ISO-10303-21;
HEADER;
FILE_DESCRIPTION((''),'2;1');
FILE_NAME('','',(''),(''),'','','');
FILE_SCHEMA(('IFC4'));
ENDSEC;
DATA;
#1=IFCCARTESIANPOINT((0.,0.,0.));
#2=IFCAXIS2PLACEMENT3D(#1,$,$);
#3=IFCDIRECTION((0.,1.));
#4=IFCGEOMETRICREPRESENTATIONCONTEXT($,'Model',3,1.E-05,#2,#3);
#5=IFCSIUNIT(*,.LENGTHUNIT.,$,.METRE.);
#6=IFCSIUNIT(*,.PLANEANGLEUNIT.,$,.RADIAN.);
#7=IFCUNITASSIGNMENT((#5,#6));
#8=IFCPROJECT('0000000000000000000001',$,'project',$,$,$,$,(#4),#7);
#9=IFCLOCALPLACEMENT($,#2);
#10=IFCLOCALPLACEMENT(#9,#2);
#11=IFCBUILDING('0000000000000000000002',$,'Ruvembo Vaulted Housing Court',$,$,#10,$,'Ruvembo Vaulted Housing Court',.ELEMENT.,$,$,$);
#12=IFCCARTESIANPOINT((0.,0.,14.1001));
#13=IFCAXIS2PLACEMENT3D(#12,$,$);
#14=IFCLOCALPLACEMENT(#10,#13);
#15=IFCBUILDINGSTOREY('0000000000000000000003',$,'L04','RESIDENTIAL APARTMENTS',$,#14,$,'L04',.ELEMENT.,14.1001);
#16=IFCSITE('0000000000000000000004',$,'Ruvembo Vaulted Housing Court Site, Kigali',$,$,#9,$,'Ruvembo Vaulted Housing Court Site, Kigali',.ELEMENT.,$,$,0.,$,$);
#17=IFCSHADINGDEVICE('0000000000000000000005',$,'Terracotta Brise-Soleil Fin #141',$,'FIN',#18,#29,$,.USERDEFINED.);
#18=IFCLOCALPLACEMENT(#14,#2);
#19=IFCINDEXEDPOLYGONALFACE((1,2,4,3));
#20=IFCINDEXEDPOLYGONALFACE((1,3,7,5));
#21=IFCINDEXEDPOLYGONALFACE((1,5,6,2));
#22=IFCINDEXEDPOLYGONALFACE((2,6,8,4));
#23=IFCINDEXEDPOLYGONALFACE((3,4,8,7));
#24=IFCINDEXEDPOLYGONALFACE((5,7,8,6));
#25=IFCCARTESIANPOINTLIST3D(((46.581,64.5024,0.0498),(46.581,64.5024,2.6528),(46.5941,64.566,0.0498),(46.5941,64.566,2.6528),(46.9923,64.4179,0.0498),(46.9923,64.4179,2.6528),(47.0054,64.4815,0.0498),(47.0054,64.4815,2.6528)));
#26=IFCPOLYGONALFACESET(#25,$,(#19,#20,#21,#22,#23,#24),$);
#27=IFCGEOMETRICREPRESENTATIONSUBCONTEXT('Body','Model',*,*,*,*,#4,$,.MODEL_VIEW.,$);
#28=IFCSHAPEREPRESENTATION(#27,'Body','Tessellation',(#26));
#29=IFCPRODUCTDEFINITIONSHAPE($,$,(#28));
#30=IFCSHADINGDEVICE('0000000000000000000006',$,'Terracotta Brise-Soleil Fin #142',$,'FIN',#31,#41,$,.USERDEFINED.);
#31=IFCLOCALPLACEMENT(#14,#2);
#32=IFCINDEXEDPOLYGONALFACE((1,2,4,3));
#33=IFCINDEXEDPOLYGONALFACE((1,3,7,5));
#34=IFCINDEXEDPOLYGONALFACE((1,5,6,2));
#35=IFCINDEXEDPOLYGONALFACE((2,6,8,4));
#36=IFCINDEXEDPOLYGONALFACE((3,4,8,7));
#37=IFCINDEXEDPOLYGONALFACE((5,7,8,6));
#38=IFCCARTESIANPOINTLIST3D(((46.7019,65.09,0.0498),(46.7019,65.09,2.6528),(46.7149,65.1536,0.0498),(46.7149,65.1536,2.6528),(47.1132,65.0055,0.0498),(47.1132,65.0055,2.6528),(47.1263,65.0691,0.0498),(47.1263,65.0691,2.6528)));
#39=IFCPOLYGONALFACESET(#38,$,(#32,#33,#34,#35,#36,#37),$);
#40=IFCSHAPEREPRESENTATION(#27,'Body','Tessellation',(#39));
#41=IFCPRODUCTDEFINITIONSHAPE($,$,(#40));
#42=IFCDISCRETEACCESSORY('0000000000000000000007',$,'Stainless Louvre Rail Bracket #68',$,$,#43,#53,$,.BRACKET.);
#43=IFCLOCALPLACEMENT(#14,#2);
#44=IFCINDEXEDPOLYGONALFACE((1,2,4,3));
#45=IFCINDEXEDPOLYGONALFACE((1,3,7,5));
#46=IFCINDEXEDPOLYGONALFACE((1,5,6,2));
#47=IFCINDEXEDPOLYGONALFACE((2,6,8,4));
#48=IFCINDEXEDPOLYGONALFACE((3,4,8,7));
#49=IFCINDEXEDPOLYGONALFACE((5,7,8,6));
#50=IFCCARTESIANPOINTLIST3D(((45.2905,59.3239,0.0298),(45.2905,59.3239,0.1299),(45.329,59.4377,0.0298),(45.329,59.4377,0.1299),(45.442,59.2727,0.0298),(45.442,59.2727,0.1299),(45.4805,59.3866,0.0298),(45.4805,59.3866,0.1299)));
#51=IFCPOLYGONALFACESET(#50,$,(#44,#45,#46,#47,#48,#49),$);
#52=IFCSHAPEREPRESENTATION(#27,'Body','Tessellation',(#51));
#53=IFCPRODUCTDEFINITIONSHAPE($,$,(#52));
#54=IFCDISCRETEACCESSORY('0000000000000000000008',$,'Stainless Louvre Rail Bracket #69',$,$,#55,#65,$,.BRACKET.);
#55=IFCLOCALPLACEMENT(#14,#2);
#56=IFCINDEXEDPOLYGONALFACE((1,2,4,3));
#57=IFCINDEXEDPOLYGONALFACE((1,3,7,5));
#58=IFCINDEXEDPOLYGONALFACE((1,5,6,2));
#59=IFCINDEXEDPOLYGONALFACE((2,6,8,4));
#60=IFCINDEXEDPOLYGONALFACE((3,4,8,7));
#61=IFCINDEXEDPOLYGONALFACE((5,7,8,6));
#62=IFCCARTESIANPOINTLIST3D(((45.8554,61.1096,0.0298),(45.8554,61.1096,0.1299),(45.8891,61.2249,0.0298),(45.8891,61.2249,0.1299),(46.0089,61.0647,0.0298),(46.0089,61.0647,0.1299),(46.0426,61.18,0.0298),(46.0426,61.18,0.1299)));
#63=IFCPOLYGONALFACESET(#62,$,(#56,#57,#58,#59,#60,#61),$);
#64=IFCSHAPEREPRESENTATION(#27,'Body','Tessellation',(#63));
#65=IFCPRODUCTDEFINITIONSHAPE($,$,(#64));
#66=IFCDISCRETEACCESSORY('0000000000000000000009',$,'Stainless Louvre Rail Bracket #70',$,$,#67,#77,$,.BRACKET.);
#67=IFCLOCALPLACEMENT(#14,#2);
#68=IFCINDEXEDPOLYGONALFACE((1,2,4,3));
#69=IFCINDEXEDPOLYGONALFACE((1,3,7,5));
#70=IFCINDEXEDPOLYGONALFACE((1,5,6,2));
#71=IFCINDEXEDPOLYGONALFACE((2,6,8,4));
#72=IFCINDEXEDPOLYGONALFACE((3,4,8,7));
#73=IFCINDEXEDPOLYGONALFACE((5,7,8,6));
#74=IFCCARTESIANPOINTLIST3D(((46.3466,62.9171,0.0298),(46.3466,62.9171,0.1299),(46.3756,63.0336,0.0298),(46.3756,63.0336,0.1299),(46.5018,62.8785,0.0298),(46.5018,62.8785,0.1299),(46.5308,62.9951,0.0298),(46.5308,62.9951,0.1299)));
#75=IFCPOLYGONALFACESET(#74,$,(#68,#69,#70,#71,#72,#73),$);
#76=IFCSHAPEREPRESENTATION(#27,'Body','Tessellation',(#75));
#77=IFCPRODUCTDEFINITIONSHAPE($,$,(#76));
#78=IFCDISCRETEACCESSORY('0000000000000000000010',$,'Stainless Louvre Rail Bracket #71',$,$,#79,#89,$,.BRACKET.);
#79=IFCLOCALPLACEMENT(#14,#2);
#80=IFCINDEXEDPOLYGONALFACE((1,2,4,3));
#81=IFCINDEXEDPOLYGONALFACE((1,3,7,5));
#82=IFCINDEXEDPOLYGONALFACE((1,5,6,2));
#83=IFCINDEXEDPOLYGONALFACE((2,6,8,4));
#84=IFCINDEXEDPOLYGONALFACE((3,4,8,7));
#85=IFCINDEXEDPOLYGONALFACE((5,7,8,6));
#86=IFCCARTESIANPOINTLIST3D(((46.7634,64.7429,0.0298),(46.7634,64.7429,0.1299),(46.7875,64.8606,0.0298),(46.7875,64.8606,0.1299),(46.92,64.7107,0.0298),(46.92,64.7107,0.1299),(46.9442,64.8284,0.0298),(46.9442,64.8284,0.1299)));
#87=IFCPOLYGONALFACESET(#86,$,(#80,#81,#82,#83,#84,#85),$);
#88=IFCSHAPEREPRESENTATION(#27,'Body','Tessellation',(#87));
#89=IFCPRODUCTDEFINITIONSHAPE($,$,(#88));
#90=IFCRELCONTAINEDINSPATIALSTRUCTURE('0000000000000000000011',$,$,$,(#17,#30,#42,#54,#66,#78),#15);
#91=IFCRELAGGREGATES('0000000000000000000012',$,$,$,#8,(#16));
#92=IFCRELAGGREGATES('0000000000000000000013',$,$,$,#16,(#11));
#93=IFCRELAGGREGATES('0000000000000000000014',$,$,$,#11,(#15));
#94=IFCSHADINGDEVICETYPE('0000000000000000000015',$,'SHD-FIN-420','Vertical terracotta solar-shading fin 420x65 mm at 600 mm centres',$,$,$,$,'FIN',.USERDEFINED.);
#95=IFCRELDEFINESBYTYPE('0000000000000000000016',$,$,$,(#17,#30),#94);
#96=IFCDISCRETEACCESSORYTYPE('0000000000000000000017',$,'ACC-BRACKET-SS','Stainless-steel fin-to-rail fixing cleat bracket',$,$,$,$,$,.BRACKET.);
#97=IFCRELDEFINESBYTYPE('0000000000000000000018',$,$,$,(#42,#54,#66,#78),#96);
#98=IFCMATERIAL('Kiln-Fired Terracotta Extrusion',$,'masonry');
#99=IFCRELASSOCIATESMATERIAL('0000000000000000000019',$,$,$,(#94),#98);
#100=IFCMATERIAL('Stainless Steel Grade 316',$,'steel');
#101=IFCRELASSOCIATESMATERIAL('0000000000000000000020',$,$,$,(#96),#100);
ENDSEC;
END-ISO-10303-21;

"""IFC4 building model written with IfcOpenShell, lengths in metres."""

from ifc_helpers import new_model, si_unit, direction, frame, origin, origin_2d, place, context, subcontext, project, spatial, rectangle, extrude, material, type_object, element, save


model = new_model("IFC4")

# Units and contexts
model_context = context("Model", 3, precision=1e-05, world=origin(), true_north=direction((0.0, 1.0)))
body_context = subcontext(model_context, "Body", "Model", "MODEL_VIEW")
ifc_project = project(units=[si_unit("LENGTHUNIT", "METRE"), si_unit("PLANEANGLEUNIT", "RADIAN")], contexts=[model_context])

# Site, building, storey
site_placement = place(None, origin())
site = spatial("IfcSite", under=ifc_project, at=site_placement, Name="Ruvembo Vaulted Housing Court Site, Kigali", LongName="Ruvembo Vaulted Housing Court Site, Kigali", CompositionType="ELEMENT", RefElevation=0.0)
building_placement = place(site_placement, origin())
building = spatial("IfcBuilding", under=site, at=building_placement, Name="Ruvembo Vaulted Housing Court", LongName="Ruvembo Vaulted Housing Court", CompositionType="ELEMENT")
storey_placement = place(building_placement, frame((0.0, 0.0, 14.1001)))
storey = spatial("IfcBuildingStorey", under=building, at=storey_placement, Name="L04", Description="RESIDENTIAL APARTMENTS", LongName="L04", CompositionType="ELEMENT", Elevation=14.1001)

# Shading devices
ifc_material_1 = material(Name="Kiln-Fired Terracotta Extrusion", Category="masonry")
shading_device_type = type_object("IfcShadingDeviceType", Name="SHD-FIN-420", Description="Vertical terracotta solar-shading fin 420x65 mm at 600 mm centres", ElementType="FIN", PredefinedType="USERDEFINED", material=ifc_material_1)
for number, where, z_axis, x_axis, name in (
    (1, (46.7932, 64.4919, 0.0498), (0.0, 0.0, 1.0), (0.979547, -0.201215, 0.0), "Terracotta Brise-Soleil Fin #141"),
    (2, (46.9141, 65.0796, 0.0498), (0.0, 0.0, 1.0), (0.979547, -0.201215, 0.0), "Terracotta Brise-Soleil Fin #142"),
):
    element("IfcShadingDevice", number, at=place(storey_placement, frame(where, z_axis=z_axis, x_axis=x_axis)), inside=storey, type_object=shading_device_type, Name=name, ObjectType="FIN", PredefinedType="USERDEFINED", context=body_context, shape_type="SweptSolid", body=[
        extrude(rectangle(XDim=0.4199, YDim=0.0649, at=origin_2d()), origin(), (0.0, 0.0, 1.0), 2.603),
    ])

# Discrete accessories
ifc_material_2 = material(Name="Stainless Steel Grade 316", Category="steel")
discrete_accessory_type = type_object("IfcDiscreteAccessoryType", Name="ACC-BRACKET-SS", Description="Stainless-steel fin-to-rail fixing cleat bracket", PredefinedType="BRACKET", material=ifc_material_2)
for number, where, z_axis, x_axis, name in (
    (3, (45.3855, 59.3552, 0.0298), (0.0, 0.0, 1.0), (0.947473, -0.319836, 0.0), "Stainless Louvre Rail Bracket #68"),
    (4, (45.949, 61.1448, 0.0298), (0.0, 0.0, 1.0), (0.959791, -0.280717, 0.0), "Stainless Louvre Rail Bracket #69"),
    (5, (46.4387, 62.9561, 0.0298), (0.0, 0.0, 1.0), (0.970481, -0.241177, 0.0), "Stainless Louvre Rail Bracket #70"),
    (6, (46.8538, 64.7856, 0.0298), (0.0, 0.0, 1.0), (0.979547, -0.201215, 0.0), "Stainless Louvre Rail Bracket #71"),
):
    element("IfcDiscreteAccessory", number, at=place(storey_placement, frame(where, z_axis=z_axis, x_axis=x_axis)), inside=storey, type_object=discrete_accessory_type, Name=name, PredefinedType="BRACKET", context=body_context, shape_type="SweptSolid", body=[
        extrude(rectangle(XDim=0.1599, YDim=0.1201, at=origin_2d()), origin(), (0.0, 0.0, 1.0), 0.1001),
    ])

save(model, "model.ifc")
